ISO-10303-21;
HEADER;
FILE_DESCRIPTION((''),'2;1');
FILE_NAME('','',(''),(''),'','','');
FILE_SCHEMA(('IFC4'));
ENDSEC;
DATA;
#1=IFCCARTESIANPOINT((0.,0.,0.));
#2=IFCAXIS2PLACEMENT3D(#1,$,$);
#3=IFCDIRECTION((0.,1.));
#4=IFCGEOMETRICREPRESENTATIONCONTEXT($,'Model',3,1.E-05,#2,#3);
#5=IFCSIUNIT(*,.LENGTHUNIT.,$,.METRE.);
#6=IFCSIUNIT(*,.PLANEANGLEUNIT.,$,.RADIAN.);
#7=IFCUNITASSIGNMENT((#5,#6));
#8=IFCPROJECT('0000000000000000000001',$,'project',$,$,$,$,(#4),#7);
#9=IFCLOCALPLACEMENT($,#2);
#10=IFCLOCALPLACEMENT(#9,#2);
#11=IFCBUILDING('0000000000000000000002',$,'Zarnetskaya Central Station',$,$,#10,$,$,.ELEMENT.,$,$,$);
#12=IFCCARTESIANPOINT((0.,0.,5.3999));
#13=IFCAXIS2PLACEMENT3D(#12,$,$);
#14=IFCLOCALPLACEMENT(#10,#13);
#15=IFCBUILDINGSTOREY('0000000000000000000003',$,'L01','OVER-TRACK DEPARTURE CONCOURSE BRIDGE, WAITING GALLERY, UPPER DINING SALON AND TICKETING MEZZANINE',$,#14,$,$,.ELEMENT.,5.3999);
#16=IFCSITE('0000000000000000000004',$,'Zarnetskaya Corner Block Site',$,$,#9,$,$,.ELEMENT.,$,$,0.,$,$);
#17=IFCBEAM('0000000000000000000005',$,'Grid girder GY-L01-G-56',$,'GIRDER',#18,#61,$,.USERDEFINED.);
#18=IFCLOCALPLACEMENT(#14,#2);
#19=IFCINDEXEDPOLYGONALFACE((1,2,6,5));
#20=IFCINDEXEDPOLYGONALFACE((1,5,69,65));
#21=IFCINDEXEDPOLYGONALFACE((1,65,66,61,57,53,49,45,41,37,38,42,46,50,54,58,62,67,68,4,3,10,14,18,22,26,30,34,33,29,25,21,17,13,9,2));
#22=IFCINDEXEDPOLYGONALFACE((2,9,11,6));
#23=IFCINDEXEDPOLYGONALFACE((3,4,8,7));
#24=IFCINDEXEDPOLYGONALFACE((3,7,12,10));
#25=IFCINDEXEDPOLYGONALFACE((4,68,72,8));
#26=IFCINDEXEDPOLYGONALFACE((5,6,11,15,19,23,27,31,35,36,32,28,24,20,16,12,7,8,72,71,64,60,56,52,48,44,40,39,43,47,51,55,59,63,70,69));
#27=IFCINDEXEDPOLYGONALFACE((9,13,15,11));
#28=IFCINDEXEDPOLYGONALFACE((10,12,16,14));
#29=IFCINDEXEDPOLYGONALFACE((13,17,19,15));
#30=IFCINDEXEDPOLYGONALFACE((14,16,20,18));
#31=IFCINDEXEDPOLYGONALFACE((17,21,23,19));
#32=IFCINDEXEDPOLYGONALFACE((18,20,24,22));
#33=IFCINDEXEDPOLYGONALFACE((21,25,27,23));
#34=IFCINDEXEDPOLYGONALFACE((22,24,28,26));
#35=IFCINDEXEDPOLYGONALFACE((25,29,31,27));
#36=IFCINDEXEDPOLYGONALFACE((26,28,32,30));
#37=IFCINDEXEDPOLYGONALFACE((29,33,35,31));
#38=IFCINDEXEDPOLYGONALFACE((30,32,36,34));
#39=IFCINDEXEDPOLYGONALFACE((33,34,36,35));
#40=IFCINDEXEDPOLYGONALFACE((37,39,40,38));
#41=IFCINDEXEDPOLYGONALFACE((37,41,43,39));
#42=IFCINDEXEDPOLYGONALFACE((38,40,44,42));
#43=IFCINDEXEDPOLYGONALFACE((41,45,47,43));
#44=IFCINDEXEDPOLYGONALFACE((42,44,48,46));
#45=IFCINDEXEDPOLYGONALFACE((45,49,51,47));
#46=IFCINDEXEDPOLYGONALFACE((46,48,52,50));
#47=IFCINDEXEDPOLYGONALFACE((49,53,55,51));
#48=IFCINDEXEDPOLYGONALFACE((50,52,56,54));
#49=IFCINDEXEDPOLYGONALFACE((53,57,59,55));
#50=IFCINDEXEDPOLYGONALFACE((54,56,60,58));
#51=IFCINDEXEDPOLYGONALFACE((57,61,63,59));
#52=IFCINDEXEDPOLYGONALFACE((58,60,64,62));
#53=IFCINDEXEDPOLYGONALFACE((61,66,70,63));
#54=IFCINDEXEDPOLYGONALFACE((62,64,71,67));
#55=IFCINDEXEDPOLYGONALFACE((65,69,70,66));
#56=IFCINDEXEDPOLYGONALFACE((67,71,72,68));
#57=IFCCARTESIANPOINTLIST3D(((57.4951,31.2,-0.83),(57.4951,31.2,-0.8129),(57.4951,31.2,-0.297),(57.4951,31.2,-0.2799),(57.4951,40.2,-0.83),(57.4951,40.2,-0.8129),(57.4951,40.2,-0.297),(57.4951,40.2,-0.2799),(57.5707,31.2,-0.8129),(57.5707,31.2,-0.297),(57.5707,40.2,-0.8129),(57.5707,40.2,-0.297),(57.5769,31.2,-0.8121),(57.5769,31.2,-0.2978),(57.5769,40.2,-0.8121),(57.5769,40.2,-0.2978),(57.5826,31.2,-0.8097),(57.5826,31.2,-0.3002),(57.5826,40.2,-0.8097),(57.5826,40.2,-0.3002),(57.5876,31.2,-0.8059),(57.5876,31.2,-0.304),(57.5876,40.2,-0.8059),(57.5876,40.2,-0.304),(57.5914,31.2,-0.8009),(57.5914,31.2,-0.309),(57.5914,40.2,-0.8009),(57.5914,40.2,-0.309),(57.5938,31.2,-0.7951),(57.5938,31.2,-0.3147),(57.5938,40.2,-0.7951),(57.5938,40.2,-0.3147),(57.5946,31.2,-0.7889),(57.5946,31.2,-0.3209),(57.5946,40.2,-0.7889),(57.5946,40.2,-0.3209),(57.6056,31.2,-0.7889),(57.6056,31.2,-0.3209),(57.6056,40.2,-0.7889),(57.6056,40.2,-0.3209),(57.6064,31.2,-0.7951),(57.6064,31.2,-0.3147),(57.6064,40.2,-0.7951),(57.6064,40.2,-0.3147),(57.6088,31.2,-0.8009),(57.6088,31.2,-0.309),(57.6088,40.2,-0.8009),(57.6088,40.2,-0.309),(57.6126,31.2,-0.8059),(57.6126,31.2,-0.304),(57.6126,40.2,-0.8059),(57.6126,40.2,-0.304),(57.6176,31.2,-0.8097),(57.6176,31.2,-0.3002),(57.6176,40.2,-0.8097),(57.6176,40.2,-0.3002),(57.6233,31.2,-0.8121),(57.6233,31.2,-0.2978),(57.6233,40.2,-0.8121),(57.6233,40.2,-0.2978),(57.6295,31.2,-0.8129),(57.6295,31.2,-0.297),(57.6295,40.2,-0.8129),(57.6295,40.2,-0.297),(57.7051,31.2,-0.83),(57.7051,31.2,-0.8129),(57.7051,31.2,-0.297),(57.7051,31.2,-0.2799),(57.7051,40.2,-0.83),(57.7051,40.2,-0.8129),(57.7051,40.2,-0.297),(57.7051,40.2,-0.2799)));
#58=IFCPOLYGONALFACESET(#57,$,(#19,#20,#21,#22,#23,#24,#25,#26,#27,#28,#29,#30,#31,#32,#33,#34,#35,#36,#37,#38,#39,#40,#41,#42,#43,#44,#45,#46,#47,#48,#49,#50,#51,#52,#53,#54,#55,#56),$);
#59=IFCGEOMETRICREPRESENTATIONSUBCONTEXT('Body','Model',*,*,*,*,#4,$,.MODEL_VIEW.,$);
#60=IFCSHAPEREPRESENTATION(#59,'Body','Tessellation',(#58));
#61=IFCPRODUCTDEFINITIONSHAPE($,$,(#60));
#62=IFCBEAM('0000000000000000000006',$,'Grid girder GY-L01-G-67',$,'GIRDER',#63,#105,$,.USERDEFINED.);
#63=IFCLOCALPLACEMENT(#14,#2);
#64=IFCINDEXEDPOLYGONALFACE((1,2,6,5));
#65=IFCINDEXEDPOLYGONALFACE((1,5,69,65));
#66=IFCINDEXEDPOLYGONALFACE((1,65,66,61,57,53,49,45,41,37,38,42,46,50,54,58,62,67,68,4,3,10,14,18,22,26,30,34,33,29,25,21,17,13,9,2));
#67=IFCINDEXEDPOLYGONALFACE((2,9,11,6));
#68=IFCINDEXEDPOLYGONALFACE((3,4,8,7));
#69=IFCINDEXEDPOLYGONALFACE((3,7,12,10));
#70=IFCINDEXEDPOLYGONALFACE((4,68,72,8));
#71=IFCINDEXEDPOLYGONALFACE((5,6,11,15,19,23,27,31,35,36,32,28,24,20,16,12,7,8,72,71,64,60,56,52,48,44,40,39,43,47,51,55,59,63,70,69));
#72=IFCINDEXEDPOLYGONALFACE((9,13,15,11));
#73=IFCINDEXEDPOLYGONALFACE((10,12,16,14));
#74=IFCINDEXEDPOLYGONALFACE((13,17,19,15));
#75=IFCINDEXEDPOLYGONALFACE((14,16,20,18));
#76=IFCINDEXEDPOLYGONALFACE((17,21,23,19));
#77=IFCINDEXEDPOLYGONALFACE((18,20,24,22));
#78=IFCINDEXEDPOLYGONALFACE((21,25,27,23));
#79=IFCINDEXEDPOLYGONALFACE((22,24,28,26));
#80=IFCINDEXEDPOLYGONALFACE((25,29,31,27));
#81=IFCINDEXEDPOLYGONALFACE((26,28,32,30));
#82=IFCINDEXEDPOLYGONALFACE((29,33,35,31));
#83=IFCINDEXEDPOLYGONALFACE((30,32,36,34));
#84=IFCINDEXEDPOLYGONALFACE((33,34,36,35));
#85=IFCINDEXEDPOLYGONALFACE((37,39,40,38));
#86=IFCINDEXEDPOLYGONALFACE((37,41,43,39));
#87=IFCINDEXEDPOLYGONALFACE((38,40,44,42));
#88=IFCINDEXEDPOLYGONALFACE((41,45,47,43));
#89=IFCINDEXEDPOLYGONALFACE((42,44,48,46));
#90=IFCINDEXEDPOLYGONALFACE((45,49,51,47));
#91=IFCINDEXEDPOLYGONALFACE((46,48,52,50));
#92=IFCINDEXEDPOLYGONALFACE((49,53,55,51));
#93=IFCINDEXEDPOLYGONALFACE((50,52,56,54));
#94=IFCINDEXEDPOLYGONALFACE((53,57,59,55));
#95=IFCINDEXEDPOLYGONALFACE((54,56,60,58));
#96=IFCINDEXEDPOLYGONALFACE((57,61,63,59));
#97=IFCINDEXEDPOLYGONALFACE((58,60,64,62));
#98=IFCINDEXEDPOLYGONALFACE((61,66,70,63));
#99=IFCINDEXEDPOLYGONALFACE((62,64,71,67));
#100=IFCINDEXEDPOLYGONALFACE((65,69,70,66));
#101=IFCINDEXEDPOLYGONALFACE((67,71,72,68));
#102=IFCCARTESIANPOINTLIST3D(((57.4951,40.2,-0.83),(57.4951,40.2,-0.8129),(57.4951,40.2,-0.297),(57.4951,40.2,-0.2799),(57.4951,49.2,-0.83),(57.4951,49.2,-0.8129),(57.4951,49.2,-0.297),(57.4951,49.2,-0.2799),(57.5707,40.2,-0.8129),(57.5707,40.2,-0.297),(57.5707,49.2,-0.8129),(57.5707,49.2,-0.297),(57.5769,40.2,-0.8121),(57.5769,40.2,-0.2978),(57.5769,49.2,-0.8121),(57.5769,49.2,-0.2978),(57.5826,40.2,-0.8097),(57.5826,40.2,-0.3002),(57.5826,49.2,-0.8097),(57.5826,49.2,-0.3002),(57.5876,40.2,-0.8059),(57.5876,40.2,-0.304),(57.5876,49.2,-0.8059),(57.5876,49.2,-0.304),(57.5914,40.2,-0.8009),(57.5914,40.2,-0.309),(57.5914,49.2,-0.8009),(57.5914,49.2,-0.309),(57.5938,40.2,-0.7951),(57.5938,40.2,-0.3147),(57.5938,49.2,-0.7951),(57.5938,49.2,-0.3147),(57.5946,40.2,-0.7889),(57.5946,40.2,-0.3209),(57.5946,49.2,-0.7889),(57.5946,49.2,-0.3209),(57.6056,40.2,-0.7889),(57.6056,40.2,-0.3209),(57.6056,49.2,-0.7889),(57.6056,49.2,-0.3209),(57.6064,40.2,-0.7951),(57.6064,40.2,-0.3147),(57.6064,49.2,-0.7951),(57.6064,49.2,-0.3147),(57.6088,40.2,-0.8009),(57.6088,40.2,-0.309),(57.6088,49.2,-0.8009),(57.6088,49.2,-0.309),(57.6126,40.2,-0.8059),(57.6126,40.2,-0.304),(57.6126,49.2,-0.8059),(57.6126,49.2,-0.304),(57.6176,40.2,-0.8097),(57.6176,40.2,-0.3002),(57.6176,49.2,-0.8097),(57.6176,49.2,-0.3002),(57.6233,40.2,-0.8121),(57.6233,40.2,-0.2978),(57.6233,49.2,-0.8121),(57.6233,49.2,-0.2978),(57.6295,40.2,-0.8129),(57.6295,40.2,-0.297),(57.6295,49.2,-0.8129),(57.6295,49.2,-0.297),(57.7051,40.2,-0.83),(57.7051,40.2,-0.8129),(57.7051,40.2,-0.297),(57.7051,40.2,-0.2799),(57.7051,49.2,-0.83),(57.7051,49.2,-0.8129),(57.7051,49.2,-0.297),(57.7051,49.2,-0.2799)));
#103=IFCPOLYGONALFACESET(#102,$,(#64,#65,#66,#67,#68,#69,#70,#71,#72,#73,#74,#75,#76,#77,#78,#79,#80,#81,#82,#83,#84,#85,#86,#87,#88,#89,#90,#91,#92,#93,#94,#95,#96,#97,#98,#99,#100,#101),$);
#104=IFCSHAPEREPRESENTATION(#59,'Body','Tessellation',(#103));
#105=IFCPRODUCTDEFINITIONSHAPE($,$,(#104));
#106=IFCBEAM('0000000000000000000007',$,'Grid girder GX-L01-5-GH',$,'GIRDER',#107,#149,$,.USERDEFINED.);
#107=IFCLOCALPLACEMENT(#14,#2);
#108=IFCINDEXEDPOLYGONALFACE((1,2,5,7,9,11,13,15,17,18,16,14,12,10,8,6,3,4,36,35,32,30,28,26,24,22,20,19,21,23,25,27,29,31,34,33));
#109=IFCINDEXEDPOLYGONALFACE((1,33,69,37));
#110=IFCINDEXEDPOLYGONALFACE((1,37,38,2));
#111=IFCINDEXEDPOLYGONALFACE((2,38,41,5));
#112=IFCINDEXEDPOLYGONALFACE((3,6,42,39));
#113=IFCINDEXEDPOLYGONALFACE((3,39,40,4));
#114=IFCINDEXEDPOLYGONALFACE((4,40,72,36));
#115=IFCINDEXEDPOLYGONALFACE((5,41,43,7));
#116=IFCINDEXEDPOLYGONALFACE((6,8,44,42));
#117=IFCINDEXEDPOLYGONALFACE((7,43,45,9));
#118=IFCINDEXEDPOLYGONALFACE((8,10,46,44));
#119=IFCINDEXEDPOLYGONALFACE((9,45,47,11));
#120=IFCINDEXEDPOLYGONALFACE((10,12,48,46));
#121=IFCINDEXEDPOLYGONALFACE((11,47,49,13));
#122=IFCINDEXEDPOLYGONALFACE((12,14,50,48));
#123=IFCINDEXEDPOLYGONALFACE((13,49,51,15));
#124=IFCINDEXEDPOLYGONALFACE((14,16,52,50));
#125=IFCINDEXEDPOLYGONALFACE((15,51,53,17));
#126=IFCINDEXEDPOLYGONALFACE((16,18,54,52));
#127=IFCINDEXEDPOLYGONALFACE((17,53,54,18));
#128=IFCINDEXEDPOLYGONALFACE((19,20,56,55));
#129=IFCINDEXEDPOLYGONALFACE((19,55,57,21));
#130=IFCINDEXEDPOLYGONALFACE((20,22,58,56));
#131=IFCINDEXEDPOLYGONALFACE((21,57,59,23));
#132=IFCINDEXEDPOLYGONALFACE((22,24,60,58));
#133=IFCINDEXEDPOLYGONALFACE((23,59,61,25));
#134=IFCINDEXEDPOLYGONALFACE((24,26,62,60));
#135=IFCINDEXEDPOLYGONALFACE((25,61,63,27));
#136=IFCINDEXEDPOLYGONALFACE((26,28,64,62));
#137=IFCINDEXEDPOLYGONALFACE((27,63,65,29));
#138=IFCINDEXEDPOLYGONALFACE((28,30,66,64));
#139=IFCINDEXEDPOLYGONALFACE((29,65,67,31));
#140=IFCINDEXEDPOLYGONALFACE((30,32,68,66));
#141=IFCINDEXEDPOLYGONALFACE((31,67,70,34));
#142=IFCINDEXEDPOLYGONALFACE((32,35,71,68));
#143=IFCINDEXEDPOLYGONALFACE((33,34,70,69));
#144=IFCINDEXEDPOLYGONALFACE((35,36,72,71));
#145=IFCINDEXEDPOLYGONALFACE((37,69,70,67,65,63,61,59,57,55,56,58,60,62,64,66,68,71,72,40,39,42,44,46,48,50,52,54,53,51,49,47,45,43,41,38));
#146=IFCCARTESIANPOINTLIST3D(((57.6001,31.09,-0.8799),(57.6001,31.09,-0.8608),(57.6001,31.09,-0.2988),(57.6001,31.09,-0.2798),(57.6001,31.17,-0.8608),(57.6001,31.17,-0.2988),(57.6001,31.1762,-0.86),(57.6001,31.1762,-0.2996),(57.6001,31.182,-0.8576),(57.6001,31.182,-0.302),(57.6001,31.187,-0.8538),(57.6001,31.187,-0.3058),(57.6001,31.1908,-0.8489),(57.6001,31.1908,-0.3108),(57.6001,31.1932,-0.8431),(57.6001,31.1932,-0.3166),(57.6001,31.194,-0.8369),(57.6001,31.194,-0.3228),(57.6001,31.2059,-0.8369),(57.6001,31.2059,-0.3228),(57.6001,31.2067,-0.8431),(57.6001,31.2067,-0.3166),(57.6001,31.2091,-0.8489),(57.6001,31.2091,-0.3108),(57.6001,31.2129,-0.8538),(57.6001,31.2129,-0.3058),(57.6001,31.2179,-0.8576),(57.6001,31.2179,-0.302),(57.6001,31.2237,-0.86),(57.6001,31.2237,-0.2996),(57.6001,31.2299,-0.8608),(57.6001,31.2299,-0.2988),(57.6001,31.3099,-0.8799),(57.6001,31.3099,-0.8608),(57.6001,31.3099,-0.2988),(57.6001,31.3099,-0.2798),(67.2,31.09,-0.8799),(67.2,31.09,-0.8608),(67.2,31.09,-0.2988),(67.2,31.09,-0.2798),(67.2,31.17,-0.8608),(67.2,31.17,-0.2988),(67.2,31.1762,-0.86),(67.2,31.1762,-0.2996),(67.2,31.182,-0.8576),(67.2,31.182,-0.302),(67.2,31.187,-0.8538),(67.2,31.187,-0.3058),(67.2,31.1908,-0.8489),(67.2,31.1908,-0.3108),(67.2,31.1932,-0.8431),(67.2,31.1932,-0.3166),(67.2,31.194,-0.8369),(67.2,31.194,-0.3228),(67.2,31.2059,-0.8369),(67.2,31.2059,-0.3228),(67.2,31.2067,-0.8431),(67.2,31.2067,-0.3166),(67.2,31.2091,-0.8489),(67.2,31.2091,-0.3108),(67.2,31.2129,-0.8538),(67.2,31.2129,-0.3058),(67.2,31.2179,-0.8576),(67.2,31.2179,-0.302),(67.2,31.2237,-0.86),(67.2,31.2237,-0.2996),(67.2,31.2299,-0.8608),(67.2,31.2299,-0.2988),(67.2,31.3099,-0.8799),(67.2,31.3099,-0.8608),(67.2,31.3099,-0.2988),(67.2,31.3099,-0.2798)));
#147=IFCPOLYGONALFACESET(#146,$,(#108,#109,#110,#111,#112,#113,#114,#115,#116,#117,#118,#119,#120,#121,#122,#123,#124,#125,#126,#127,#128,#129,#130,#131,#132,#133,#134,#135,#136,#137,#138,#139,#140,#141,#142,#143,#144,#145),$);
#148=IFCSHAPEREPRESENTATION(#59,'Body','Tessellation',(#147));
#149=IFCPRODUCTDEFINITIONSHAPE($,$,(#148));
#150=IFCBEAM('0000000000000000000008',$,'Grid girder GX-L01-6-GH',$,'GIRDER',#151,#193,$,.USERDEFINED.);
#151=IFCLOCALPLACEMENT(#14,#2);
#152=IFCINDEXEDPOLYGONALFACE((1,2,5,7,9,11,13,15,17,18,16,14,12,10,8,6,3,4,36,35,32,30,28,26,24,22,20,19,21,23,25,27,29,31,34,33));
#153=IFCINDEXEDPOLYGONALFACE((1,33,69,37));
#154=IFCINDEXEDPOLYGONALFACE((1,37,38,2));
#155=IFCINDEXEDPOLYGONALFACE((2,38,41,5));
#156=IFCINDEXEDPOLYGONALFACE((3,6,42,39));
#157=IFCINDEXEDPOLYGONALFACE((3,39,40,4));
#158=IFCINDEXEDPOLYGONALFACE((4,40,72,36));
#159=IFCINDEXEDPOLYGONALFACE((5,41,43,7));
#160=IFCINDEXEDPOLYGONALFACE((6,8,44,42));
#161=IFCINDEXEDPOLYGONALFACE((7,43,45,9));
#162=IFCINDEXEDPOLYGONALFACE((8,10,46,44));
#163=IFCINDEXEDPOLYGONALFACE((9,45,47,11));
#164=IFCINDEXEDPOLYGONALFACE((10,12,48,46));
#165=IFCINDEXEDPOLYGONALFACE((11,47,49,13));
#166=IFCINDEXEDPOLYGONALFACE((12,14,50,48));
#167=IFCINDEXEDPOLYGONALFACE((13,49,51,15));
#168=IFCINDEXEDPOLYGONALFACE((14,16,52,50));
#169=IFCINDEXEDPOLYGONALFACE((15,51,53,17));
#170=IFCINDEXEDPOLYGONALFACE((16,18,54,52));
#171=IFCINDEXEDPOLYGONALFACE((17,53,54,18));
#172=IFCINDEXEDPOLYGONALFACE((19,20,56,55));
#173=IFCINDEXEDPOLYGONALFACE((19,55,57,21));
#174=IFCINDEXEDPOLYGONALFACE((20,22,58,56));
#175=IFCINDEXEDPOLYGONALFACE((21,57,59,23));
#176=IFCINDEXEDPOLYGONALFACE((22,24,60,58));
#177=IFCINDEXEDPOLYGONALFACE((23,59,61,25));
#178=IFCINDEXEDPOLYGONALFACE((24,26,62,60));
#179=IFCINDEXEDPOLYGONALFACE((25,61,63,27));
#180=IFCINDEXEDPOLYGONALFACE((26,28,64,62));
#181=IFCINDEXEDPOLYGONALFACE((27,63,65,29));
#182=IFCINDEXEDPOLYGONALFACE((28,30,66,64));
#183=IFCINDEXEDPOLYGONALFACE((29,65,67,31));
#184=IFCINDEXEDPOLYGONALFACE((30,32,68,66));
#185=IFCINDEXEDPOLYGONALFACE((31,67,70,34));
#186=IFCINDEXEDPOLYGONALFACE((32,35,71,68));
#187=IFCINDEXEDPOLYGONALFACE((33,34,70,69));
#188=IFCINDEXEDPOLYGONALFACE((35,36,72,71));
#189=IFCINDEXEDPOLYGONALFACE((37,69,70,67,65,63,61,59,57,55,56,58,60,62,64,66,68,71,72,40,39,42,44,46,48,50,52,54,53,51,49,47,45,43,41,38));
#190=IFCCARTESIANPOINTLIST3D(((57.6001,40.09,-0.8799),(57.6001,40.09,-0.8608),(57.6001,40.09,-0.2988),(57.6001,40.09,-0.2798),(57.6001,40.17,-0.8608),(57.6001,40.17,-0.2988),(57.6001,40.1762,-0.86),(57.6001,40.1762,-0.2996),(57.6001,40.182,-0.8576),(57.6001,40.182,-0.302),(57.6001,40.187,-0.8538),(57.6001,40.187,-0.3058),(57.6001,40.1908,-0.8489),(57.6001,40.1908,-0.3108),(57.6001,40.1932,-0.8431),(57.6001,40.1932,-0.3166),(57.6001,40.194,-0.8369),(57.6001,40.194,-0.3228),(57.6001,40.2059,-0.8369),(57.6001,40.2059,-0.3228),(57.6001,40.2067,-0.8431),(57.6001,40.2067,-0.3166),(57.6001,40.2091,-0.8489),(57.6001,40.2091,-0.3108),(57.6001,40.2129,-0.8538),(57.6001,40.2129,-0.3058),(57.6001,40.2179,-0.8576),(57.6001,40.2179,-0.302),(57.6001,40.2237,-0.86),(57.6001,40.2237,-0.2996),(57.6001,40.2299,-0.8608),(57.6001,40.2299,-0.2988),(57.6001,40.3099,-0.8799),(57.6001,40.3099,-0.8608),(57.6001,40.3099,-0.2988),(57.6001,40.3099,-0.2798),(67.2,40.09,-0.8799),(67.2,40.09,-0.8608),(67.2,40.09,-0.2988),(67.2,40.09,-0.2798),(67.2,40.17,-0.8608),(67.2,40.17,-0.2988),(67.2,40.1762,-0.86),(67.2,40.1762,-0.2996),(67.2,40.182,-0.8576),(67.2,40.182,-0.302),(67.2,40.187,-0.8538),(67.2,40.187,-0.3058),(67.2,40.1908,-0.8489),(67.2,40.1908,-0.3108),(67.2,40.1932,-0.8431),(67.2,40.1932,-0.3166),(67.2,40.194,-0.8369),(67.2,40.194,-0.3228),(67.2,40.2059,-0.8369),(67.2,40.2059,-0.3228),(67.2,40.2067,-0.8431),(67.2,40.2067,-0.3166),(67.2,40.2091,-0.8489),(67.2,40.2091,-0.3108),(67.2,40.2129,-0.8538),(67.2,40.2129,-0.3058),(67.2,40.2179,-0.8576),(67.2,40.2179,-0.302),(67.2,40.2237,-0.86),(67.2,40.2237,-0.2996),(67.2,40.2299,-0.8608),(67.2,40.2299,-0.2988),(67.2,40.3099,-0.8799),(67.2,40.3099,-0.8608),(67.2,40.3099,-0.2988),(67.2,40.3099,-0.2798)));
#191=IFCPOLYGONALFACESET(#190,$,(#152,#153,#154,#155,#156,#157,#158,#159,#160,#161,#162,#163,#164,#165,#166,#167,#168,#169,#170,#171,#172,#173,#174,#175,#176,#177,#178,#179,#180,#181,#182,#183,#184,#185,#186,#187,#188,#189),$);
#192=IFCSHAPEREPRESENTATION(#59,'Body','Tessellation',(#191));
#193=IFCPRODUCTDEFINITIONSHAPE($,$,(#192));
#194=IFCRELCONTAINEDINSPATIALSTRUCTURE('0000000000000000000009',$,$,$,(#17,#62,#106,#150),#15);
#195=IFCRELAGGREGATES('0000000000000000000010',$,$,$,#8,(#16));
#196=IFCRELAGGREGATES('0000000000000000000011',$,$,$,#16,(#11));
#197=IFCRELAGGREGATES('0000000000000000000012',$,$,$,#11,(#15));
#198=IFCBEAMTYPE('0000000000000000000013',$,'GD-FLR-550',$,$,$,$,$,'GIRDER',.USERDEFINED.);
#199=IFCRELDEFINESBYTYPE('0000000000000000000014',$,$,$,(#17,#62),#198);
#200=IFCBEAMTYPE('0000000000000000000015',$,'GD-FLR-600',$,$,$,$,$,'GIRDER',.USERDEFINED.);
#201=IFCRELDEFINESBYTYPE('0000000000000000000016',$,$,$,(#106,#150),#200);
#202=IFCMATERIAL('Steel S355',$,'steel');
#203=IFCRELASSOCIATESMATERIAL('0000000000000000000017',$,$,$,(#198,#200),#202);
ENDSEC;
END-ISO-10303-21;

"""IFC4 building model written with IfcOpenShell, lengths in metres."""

from ifc_helpers import new_model, si_unit, direction, frame, origin, origin_2d, place, context, subcontext, project, spatial, i_section, extrude, material, material_profile, profile_set, type_object, element, save


model = new_model("IFC4")

# Units and contexts
model_context = context("Model", 3, precision=1e-05, world=origin(), true_north=direction((0.0, 1.0)))
body_context = subcontext(model_context, "Body", "Model", "MODEL_VIEW")
ifc_project = project(units=[si_unit("LENGTHUNIT", "METRE"), si_unit("PLANEANGLEUNIT", "RADIAN")], contexts=[model_context])

# Site, building, storey
site_placement = place(None, origin())
site = spatial("IfcSite", under=ifc_project, at=site_placement, Name="Zarnetskaya Corner Block Site", CompositionType="ELEMENT", RefElevation=0.0)
building_placement = place(site_placement, origin())
building = spatial("IfcBuilding", under=site, at=building_placement, Name="Zarnetskaya Central Station", CompositionType="ELEMENT")
storey_placement = place(building_placement, frame((0.0, 0.0, 5.3999)))
storey = spatial("IfcBuildingStorey", under=building, at=storey_placement, Name="L01", Description="OVER-TRACK DEPARTURE CONCOURSE BRIDGE, WAITING GALLERY, UPPER DINING SALON AND TICKETING MEZZANINE", CompositionType="ELEMENT", Elevation=5.3999)

# Shared definitions
ifc_material_1 = material(Name="Steel S355", Category="steel")

# Beams
ifc_material_profile_1 = material_profile(ifc_material_1, i_section(OverallWidth=0.21, OverallDepth=0.55, WebThickness=0.011, FlangeThickness=0.0171, FilletRadius=0.0239, at=origin_2d()), Name="IPE 550")
ifc_profile_set_1 = profile_set([ifc_material_profile_1], Name="Steel S355")
beam_type_1 = type_object("IfcBeamType", Name="GD-FLR-550", ElementType="GIRDER", PredefinedType="USERDEFINED", material=ifc_profile_set_1)
for number, where, z_axis, x_axis, name in (
    (1, (57.6001, 31.2, -0.5549), (0.0, 1.0, 0.0), (-1.0, 0.0, 0.0), "Grid girder GY-L01-G-56"),
    (2, (57.6001, 40.2, -0.5549), (0.0, 1.0, 0.0), (-1.0, 0.0, 0.0), "Grid girder GY-L01-G-67"),
):
    element("IfcBeam", number, at=place(storey_placement, frame(where, z_axis=z_axis, x_axis=x_axis)), inside=storey, type_object=beam_type_1, Name=name, ObjectType="GIRDER", PredefinedType="USERDEFINED", context=body_context, shape_type="SweptSolid", body=[
        extrude(i_section(OverallWidth=0.21, OverallDepth=0.55, WebThickness=0.011, FlangeThickness=0.0171, FilletRadius=0.0239, at=origin_2d()), origin(), (0.0, 0.0, 1.0), 9.0),
    ])
ifc_material_profile_2 = material_profile(ifc_material_1, i_section(OverallWidth=0.22, OverallDepth=0.6001, WebThickness=0.012, FlangeThickness=0.019, FilletRadius=0.0239, at=origin_2d()), Name="IPE 600")
ifc_profile_set_2 = profile_set([ifc_material_profile_2], Name="Steel S355")
beam_type_2 = type_object("IfcBeamType", Name="GD-FLR-600", ElementType="GIRDER", PredefinedType="USERDEFINED", material=ifc_profile_set_2)
for number, where, z_axis, x_axis, name in (
    (3, (57.6001, 31.2, -0.5798), (1.0, 0.0, 0.0), (0.0, 1.0, 0.0), "Grid girder GX-L01-5-GH"),
    (4, (57.6001, 40.2, -0.5798), (1.0, 0.0, 0.0), (0.0, 1.0, 0.0), "Grid girder GX-L01-6-GH"),
):
    element("IfcBeam", number, at=place(storey_placement, frame(where, z_axis=z_axis, x_axis=x_axis)), inside=storey, type_object=beam_type_2, Name=name, ObjectType="GIRDER", PredefinedType="USERDEFINED", context=body_context, shape_type="SweptSolid", body=[
        extrude(i_section(OverallWidth=0.22, OverallDepth=0.6001, WebThickness=0.012, FlangeThickness=0.019, FilletRadius=0.0239, at=origin_2d()), origin(), (0.0, 0.0, 1.0), 9.5999),
    ])

save(model, "model.ifc")
